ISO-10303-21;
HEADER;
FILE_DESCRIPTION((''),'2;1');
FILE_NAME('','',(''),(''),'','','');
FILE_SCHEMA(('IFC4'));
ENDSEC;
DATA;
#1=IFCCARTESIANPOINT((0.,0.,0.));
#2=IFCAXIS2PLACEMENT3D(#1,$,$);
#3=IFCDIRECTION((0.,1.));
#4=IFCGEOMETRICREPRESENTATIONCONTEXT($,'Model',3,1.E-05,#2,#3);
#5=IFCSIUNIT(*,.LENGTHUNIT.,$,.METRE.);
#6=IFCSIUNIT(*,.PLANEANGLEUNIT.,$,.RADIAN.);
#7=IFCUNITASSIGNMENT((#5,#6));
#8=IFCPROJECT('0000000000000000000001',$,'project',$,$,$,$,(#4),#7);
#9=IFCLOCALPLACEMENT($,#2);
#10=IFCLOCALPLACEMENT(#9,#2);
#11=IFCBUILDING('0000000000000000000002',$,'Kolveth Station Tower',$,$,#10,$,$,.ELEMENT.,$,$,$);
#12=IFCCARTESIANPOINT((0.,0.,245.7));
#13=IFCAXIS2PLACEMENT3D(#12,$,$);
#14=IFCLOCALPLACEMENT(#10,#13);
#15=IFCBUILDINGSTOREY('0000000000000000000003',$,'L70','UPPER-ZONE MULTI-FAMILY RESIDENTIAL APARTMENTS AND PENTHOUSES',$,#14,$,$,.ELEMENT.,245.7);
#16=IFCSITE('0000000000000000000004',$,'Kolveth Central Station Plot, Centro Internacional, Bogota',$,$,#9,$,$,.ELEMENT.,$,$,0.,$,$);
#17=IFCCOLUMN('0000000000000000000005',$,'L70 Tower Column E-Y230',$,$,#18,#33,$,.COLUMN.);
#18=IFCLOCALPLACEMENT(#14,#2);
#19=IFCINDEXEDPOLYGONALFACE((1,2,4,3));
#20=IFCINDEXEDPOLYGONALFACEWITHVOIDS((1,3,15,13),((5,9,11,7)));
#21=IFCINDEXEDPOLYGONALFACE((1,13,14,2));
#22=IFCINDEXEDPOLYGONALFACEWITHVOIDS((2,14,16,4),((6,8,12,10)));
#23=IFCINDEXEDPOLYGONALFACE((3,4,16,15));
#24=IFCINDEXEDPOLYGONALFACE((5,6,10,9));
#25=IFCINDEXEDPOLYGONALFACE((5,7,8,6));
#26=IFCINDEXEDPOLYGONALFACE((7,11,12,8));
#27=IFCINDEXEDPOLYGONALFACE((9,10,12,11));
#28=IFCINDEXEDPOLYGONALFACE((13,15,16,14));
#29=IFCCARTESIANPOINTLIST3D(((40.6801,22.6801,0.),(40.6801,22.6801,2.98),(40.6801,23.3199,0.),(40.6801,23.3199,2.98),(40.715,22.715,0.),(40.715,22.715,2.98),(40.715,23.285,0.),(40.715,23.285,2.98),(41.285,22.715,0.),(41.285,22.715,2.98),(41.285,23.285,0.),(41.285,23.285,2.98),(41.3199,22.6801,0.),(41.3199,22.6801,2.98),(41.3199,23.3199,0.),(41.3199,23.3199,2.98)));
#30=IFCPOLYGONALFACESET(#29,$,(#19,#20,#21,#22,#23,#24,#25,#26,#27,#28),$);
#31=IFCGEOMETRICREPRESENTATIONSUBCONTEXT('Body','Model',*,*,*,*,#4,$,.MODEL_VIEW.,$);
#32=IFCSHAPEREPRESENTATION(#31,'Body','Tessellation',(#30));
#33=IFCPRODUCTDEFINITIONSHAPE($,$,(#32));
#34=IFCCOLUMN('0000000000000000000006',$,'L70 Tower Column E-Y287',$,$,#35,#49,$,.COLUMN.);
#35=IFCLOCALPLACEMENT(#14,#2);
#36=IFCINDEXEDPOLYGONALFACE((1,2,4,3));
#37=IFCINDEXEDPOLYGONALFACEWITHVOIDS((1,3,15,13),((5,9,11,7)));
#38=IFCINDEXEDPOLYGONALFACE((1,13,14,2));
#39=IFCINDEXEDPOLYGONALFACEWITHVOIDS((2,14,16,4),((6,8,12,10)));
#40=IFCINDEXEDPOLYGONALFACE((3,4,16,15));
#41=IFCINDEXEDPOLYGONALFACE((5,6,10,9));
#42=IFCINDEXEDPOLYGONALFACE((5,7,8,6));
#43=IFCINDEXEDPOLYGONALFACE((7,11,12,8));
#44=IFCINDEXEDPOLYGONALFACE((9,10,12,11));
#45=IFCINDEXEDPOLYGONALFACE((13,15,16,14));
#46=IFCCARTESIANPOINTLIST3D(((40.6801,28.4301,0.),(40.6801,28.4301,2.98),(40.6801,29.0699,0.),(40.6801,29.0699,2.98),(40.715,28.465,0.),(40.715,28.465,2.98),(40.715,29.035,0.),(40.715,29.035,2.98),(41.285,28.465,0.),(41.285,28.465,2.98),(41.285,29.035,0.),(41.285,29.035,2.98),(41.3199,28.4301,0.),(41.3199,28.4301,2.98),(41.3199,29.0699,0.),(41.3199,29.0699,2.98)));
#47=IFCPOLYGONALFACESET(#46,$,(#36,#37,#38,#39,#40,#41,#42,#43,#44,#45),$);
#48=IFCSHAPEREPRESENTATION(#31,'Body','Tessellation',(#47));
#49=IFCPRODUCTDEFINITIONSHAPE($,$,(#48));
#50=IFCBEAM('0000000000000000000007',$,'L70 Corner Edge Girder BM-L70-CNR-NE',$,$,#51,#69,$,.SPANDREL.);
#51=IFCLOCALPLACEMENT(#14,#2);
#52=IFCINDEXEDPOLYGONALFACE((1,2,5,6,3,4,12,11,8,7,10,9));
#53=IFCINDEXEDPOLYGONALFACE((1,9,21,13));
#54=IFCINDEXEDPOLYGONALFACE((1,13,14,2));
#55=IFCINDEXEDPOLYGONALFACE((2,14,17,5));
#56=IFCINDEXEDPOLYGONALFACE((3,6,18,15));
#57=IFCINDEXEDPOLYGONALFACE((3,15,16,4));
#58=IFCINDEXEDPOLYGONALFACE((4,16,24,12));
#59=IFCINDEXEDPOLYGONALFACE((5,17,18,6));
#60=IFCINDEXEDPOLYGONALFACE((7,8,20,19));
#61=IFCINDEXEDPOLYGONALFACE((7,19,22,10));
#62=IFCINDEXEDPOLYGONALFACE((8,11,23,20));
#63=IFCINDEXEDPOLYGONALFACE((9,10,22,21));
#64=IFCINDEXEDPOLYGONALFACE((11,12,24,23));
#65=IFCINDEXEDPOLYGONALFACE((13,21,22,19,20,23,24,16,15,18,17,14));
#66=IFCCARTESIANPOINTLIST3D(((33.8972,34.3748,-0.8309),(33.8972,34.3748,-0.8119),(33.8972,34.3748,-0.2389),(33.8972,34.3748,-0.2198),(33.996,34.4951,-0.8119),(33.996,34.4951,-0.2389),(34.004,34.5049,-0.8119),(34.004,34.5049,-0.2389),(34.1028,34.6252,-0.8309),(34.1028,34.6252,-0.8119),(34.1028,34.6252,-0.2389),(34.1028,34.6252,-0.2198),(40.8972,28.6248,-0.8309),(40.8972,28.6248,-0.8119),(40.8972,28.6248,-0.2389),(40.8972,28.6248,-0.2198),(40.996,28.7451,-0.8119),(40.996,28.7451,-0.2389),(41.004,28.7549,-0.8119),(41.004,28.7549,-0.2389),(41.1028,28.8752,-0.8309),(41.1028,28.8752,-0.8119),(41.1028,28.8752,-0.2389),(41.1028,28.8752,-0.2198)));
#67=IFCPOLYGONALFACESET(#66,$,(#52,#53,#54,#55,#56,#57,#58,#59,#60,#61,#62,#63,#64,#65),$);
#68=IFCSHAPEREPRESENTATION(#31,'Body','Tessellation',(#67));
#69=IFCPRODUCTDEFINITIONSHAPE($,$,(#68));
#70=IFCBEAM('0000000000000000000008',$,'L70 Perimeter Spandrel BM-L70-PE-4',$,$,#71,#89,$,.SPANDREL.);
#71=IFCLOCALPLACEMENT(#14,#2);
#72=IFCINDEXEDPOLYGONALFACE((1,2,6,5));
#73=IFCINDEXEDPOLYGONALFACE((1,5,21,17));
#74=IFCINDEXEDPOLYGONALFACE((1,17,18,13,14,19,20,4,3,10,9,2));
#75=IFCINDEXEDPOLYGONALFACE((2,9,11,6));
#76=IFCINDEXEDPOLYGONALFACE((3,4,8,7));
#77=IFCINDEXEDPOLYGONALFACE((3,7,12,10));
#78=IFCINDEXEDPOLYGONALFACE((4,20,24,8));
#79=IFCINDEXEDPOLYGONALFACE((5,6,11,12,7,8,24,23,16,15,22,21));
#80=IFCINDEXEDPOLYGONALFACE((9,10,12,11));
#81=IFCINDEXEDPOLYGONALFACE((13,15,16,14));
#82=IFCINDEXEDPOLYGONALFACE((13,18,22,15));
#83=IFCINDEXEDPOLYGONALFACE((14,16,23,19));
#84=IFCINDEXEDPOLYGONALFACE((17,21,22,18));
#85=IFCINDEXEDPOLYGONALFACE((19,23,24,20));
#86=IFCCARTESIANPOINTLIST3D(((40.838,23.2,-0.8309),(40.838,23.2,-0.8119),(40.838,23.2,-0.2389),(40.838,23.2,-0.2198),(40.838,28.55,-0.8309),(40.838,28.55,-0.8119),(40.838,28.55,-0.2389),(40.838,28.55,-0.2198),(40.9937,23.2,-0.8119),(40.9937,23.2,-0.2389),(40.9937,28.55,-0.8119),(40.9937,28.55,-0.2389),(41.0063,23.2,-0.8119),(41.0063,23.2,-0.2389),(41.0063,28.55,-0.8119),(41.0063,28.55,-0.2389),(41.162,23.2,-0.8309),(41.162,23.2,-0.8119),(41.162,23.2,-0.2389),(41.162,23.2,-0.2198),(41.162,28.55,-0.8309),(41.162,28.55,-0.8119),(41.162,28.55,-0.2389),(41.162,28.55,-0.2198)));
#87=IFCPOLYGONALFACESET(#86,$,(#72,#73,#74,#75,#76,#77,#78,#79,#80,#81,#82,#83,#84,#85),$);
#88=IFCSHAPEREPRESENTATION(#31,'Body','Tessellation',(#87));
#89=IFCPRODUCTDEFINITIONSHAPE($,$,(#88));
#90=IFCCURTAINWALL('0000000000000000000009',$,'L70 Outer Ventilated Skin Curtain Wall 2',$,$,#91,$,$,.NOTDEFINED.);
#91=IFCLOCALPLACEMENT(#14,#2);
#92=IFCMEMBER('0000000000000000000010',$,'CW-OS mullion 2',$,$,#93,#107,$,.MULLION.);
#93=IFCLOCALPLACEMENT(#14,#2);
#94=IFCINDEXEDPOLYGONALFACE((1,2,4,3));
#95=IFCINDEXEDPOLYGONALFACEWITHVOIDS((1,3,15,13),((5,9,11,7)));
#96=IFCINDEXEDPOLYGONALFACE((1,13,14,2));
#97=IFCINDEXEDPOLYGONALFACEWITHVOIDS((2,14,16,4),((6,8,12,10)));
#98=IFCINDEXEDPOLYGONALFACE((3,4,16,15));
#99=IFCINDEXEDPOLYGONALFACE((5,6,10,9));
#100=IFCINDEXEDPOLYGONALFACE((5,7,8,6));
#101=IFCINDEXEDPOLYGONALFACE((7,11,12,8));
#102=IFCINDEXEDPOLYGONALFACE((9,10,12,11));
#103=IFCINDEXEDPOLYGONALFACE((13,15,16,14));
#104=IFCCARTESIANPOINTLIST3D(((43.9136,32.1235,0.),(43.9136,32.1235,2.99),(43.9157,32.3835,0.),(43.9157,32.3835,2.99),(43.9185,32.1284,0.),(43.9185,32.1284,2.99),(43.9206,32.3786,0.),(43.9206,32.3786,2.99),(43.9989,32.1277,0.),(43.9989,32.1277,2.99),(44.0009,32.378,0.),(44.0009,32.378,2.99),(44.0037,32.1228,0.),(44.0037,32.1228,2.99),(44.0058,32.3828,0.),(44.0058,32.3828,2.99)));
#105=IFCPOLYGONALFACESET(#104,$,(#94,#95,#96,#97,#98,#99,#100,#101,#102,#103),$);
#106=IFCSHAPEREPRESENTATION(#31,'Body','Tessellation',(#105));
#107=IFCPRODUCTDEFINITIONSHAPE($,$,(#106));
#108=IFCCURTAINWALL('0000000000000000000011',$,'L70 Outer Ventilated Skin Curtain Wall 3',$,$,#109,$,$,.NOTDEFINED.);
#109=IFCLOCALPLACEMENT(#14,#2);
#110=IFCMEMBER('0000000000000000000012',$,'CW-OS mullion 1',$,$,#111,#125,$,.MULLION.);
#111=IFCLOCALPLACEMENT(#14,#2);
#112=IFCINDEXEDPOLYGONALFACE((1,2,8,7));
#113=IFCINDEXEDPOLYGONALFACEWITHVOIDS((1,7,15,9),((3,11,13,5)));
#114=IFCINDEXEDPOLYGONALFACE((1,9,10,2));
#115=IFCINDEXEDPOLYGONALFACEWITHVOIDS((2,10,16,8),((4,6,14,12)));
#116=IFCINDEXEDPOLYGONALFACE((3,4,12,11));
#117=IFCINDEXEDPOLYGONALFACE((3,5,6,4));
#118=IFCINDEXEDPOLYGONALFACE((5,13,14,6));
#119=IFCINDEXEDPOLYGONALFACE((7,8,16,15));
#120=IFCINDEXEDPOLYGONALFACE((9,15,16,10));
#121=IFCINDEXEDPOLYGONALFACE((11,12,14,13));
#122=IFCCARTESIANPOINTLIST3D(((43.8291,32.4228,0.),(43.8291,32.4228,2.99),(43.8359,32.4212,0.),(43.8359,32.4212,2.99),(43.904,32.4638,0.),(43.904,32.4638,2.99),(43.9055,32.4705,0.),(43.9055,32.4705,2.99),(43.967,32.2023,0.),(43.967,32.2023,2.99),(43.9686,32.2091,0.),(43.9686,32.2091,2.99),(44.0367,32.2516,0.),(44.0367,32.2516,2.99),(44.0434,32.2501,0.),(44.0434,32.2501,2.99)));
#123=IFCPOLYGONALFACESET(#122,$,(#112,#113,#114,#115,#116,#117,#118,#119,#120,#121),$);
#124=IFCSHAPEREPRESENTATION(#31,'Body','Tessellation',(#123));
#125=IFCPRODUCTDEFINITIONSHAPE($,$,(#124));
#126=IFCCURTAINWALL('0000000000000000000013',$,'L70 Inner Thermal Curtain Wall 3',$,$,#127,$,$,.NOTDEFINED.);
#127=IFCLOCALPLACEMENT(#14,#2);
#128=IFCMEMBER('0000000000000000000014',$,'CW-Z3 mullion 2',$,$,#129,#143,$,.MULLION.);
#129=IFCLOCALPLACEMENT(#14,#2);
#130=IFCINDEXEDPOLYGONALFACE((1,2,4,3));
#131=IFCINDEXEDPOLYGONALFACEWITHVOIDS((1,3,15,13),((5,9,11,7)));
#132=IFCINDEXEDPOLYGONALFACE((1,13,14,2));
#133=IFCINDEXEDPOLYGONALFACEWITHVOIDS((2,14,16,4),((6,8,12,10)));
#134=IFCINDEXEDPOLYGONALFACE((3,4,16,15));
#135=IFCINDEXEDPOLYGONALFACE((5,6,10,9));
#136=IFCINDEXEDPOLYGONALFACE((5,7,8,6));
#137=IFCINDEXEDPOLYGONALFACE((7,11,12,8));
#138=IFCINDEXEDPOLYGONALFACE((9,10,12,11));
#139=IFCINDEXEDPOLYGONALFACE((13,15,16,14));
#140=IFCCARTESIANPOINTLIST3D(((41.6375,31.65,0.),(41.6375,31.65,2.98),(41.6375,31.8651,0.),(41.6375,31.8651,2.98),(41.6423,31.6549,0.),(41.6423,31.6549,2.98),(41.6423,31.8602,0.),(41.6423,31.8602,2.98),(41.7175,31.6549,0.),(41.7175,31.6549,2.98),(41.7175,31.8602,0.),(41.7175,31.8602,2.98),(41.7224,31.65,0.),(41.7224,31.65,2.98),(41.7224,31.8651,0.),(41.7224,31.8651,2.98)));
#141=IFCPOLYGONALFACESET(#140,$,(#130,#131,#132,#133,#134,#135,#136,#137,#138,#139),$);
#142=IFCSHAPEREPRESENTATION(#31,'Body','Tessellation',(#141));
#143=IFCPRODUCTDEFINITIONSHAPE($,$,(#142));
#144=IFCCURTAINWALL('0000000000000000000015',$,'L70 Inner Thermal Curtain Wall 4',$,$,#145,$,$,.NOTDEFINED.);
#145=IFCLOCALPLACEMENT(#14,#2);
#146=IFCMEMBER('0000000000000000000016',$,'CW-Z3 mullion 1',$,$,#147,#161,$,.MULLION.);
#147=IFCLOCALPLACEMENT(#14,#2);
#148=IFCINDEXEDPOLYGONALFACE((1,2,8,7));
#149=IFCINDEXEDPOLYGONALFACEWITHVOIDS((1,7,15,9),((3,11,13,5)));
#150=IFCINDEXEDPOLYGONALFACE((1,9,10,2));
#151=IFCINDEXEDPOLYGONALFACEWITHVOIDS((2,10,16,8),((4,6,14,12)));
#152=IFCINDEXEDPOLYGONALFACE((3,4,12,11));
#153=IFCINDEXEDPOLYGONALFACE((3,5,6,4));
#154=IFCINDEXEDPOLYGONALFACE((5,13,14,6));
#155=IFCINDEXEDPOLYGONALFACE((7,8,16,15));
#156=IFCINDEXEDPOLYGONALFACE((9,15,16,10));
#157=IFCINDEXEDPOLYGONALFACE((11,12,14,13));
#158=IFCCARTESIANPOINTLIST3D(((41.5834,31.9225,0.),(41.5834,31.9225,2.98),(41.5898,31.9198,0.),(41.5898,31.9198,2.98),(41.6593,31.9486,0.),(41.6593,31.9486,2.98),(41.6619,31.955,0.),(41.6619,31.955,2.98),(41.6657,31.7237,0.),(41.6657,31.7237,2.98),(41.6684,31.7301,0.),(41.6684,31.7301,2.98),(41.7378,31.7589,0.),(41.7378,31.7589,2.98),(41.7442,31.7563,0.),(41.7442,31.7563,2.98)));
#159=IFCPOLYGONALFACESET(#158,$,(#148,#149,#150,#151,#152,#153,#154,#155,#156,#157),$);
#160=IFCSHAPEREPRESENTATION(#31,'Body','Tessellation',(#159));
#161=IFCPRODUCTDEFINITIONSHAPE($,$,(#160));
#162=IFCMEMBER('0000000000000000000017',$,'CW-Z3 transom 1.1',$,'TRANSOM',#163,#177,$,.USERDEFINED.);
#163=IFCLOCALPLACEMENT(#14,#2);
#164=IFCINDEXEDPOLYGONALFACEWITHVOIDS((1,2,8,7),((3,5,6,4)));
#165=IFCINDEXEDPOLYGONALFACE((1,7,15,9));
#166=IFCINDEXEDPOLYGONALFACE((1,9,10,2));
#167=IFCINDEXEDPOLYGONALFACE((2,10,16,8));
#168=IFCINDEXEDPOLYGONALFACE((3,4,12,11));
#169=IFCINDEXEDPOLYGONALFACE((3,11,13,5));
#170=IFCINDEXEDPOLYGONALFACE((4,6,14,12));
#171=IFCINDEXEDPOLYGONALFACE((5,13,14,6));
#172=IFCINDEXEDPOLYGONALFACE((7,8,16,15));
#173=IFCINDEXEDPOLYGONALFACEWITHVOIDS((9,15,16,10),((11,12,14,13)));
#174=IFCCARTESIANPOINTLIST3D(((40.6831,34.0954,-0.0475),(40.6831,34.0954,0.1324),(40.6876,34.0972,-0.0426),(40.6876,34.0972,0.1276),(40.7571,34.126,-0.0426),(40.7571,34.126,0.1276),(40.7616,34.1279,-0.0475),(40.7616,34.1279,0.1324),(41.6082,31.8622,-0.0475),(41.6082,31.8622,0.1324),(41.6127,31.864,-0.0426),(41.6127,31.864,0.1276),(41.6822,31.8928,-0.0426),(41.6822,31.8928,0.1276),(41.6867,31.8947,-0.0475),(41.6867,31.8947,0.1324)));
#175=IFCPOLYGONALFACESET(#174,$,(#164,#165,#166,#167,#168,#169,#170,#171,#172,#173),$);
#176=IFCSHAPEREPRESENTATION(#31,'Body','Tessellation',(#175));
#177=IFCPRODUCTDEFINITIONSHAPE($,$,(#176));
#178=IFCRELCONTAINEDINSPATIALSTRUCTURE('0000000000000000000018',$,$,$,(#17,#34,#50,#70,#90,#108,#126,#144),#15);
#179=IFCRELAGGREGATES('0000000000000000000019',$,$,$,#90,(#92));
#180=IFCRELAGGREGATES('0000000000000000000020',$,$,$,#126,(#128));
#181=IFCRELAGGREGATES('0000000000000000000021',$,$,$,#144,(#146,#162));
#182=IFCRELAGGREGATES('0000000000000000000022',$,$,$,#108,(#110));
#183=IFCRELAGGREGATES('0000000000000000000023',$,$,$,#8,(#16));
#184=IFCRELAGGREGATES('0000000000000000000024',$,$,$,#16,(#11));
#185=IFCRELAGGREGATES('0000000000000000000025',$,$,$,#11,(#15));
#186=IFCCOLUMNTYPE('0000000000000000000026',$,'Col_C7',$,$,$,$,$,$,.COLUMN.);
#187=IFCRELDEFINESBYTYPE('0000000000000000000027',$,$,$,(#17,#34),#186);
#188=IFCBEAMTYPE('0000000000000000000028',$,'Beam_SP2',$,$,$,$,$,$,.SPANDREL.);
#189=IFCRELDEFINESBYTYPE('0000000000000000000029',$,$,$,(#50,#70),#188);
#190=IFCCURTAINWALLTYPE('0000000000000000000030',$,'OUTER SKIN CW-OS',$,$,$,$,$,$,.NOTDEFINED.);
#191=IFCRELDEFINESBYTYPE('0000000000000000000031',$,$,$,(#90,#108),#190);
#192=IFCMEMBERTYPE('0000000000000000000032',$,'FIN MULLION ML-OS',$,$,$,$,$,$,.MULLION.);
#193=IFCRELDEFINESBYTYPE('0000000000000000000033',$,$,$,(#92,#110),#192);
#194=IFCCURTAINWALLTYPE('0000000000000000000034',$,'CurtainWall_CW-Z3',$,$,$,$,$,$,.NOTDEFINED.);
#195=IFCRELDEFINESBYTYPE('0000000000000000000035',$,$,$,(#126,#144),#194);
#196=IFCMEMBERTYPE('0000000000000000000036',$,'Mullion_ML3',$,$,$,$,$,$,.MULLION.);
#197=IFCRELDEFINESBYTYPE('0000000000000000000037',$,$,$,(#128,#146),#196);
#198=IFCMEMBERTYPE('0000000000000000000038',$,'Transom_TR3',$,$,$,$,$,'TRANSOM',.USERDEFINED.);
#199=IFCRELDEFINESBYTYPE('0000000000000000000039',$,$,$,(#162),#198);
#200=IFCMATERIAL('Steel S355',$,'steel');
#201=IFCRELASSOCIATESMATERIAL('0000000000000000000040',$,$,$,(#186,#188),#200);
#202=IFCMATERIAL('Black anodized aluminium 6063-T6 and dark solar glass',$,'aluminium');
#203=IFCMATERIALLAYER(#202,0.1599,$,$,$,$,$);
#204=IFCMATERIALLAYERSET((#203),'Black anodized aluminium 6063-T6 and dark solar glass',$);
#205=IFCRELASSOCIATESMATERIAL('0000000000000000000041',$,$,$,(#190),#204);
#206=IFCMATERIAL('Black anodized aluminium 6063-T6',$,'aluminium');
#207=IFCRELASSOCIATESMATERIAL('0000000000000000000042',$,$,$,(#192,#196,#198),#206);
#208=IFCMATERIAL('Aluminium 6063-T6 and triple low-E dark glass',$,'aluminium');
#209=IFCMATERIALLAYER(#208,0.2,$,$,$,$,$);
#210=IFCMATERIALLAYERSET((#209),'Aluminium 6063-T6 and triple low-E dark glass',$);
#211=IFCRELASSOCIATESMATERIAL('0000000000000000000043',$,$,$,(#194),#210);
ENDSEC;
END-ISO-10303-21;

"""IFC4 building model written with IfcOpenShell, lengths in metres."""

from ifc_helpers import new_model, si_unit, direction, frame, origin, origin_2d, place, context, subcontext, project, spatial, hollow_rectangle, i_section, extrude, source, transform, mapped, material, layer, layer_set, material_profile, profile_set, type_object, element, aggregate, save


model = new_model("IFC4")

# Units and contexts
model_context = context("Model", 3, precision=1e-05, world=origin(), true_north=direction((0.0, 1.0)))
body_context = subcontext(model_context, "Body", "Model", "MODEL_VIEW")
ifc_project = project(units=[si_unit("LENGTHUNIT", "METRE"), si_unit("PLANEANGLEUNIT", "RADIAN")], contexts=[model_context])

# Site, building, storey
site_placement = place(None, origin())
site = spatial("IfcSite", under=ifc_project, at=site_placement, Name="Kolveth Central Station Plot, Centro Internacional, Bogota", CompositionType="ELEMENT", RefElevation=0.0)
building_placement = place(site_placement, origin())
building = spatial("IfcBuilding", under=site, at=building_placement, Name="Kolveth Station Tower", CompositionType="ELEMENT")
storey_placement = place(building_placement, frame((0.0, 0.0, 245.7)))
storey = spatial("IfcBuildingStorey", under=building, at=storey_placement, Name="L70", Description="UPPER-ZONE MULTI-FAMILY RESIDENTIAL APARTMENTS AND PENTHOUSES", CompositionType="ELEMENT", Elevation=245.7)

# Columns
ifc_material_1 = material(Name="Steel S355", Category="steel")
ifc_material_profile_1 = material_profile(ifc_material_1, hollow_rectangle(XDim=0.6399, YDim=0.6399, WallThickness=0.0349, at=origin_2d()), Name="BOX640x640x35")
ifc_profile_set_1 = profile_set([ifc_material_profile_1], Name="Steel S355")
column_type = type_object("IfcColumnType", Name="Col_C7", PredefinedType="COLUMN", material=ifc_profile_set_1)
shared_shape_1 = source(origin(), body_context, "Body", "SweptSolid", [
    extrude(hollow_rectangle(XDim=0.6399, YDim=0.6399, WallThickness=0.0349, at=origin_2d()), origin(), (0.0, 0.0, 1.0), 2.98),
])
for number, where, z_axis, x_axis, name in (
    (1, (41.0, 23.0, 0.0), (0.0, 0.0, 1.0), (1.0, 0.0, 0.0), "L70 Tower Column E-Y230"),
    (2, (41.0, 28.75, 0.0), (0.0, 0.0, 1.0), (1.0, 0.0, 0.0), "L70 Tower Column E-Y287"),
):
    element("IfcColumn", number, at=place(storey_placement, frame(where, z_axis=z_axis, x_axis=x_axis)), inside=storey, type_object=column_type, Name=name, PredefinedType="COLUMN", context=body_context, shape_type="MappedRepresentation", body=[
        mapped(shared_shape_1, transform((0.0, 0.0, 0.0), x_axis=(1.0, 0.0, 0.0), y_axis=(0.0, 1.0, 0.0), z_axis=(0.0, 0.0, 1.0), scale=1.0)),
    ])

# Beams
ifc_material_profile_2 = material_profile(ifc_material_1, i_section(OverallWidth=0.324, OverallDepth=0.6111, WebThickness=0.0127, FlangeThickness=0.019, at=origin_2d()), Name="W610x155")
ifc_profile_set_2 = profile_set([ifc_material_profile_2], Name="Steel S355")
beam_type = type_object("IfcBeamType", Name="Beam_SP2", PredefinedType="SPANDREL", material=ifc_profile_set_2)
shared_shape_2 = source(origin(), body_context, "Body", "SweptSolid", [
    extrude(i_section(OverallWidth=0.324, OverallDepth=0.6111, WebThickness=0.0127, FlangeThickness=0.019, at=origin_2d()), origin(), (0.0, 0.0, 1.0), 9.0588),
])
beam_1_placement = place(storey_placement, frame((41.0, 28.75, -0.5254), z_axis=(-0.772726, 0.634739, 0.0), x_axis=(-0.634739, -0.772726, 0.0)))
element("IfcBeam", 3, at=beam_1_placement, inside=storey, type_object=beam_type, Name="L70 Corner Edge Girder BM-L70-CNR-NE", PredefinedType="SPANDREL", context=body_context, shape_type="MappedRepresentation", body=[
    mapped(shared_shape_2, transform((0.0, 0.0, 0.0), x_axis=(1.0, 0.0, 0.0), y_axis=(0.0, 1.0, 0.0), z_axis=(0.0, 0.0, 1.0), scale=1.0)),
])
shared_shape_3 = source(origin(), body_context, "Body", "SweptSolid", [
    extrude(i_section(OverallWidth=0.324, OverallDepth=0.6111, WebThickness=0.0127, FlangeThickness=0.019, at=origin_2d()), origin(), (0.0, 0.0, 1.0), 5.3501),
])
beam_2_placement = place(storey_placement, frame((41.0, 23.2, -0.5254), z_axis=(0.0, 1.0, 0.0), x_axis=(-1.0, 0.0, 0.0)))
element("IfcBeam", 4, at=beam_2_placement, inside=storey, type_object=beam_type, Name="L70 Perimeter Spandrel BM-L70-PE-4", PredefinedType="SPANDREL", context=body_context, shape_type="MappedRepresentation", body=[
    mapped(shared_shape_3, transform((0.0, 0.0, 0.0), x_axis=(1.0, 0.0, 0.0), y_axis=(0.0, 1.0, 0.0), z_axis=(0.0, 0.0, 1.0), scale=1.0)),
])

# Curtain walls, members
ifc_material_2 = material(Name="Black anodized aluminium 6063-T6 and dark solar glass", Category="aluminium")
ifc_layer_1 = layer(ifc_material_2, 0.1599)
ifc_layer_set_1 = layer_set([ifc_layer_1], Name="Black anodized aluminium 6063-T6 and dark solar glass")
curtain_wall_type_1 = type_object("IfcCurtainWallType", Name="OUTER SKIN CW-OS", PredefinedType="NOTDEFINED", material=ifc_layer_set_1)
curtain_wall_1_placement = place(storey_placement, origin())
curtain_wall_1 = element("IfcCurtainWall", 5, at=curtain_wall_1_placement, inside=storey, type_object=curtain_wall_type_1, Name="L70 Outer Ventilated Skin Curtain Wall 2", PredefinedType="NOTDEFINED")
ifc_material_3 = material(Name="Black anodized aluminium 6063-T6", Category="aluminium")
ifc_material_profile_3 = material_profile(ifc_material_3, hollow_rectangle(XDim=0.0901, YDim=0.26, WallThickness=0.0049, at=origin_2d()), Name="ALU-90x260x5")
ifc_profile_set_3 = profile_set([ifc_material_profile_3], Name="Black anodized aluminium 6063-T6")
member_type_1 = type_object("IfcMemberType", Name="FIN MULLION ML-OS", PredefinedType="MULLION", material=ifc_profile_set_3)
shared_shape_4 = source(origin(), body_context, "Body", "SweptSolid", [
    extrude(hollow_rectangle(XDim=0.0901, YDim=0.26, WallThickness=0.0049, at=origin_2d()), origin(), (0.0, 0.0, 1.0), 2.99),
])
member_1_placement = place(storey_placement, frame((43.9597, 32.2532, 0.0), z_axis=(0.0, 0.0, 1.0), x_axis=(-0.999967, 0.008071, 0.0)))
member_1 = element("IfcMember", 6, at=member_1_placement, type_object=member_type_1, Name="CW-OS mullion 2", PredefinedType="MULLION", context=body_context, shape_type="MappedRepresentation", body=[
    mapped(shared_shape_4, transform((0.0, 0.0, 0.0), x_axis=(1.0, 0.0, 0.0), y_axis=(0.0, 1.0, 0.0), z_axis=(0.0, 0.0, 1.0), scale=1.0)),
])
aggregate(curtain_wall_1, [member_1])
curtain_wall_2_placement = place(storey_placement, origin())
curtain_wall_2 = element("IfcCurtainWall", 7, at=curtain_wall_2_placement, inside=storey, type_object=curtain_wall_type_1, Name="L70 Outer Ventilated Skin Curtain Wall 3", PredefinedType="NOTDEFINED")
member_2_placement = place(storey_placement, frame((43.9363, 32.3364, 0.0), z_axis=(0.0, 0.0, 1.0), x_axis=(-0.847776, -0.530355, 0.0)))
member_2 = element("IfcMember", 8, at=member_2_placement, type_object=member_type_1, Name="CW-OS mullion 1", PredefinedType="MULLION", context=body_context, shape_type="MappedRepresentation", body=[
    mapped(shared_shape_4, transform((0.0, 0.0, 0.0), x_axis=(1.0, 0.0, 0.0), y_axis=(0.0, 1.0, 0.0), z_axis=(0.0, 0.0, 1.0), scale=1.0)),
])
ifc_material_4 = material(Name="Aluminium 6063-T6 and triple low-E dark glass", Category="aluminium")
ifc_layer_2 = layer(ifc_material_4, 0.2)
ifc_layer_set_2 = layer_set([ifc_layer_2], Name="Aluminium 6063-T6 and triple low-E dark glass")
curtain_wall_type_2 = type_object("IfcCurtainWallType", Name="CurtainWall_CW-Z3", PredefinedType="NOTDEFINED", material=ifc_layer_set_2)
curtain_wall_3_placement = place(storey_placement, origin())
curtain_wall_3 = element("IfcCurtainWall", 9, at=curtain_wall_3_placement, inside=storey, type_object=curtain_wall_type_2, Name="L70 Inner Thermal Curtain Wall 3", PredefinedType="NOTDEFINED")
ifc_material_profile_4 = material_profile(ifc_material_3, hollow_rectangle(XDim=0.085, YDim=0.2151, WallThickness=0.0049, at=origin_2d()), Name="ALU-85x215x5")
ifc_profile_set_4 = profile_set([ifc_material_profile_4], Name="Black anodized aluminium 6063-T6")
member_type_2 = type_object("IfcMemberType", Name="Mullion_ML3", PredefinedType="MULLION", material=ifc_profile_set_4)
shared_shape_5 = source(origin(), body_context, "Body", "SweptSolid", [
    extrude(hollow_rectangle(XDim=0.085, YDim=0.2151, WallThickness=0.0049, at=origin_2d()), origin(), (0.0, 0.0, 1.0), 2.98),
])
member_3_placement = place(storey_placement, frame((41.6799, 31.7576, 0.0), z_axis=(0.0, 0.0, 1.0), x_axis=(-1.0, 0.0, 0.0)))
member_3 = element("IfcMember", 10, at=member_3_placement, type_object=member_type_2, Name="CW-Z3 mullion 2", PredefinedType="MULLION", context=body_context, shape_type="MappedRepresentation", body=[
    mapped(shared_shape_5, transform((0.0, 0.0, 0.0), x_axis=(1.0, 0.0, 0.0), y_axis=(0.0, 1.0, 0.0), z_axis=(0.0, 0.0, 1.0), scale=1.0)),
])
aggregate(curtain_wall_3, [member_3])

# Curtain wall, members
curtain_wall_4_placement = place(storey_placement, origin())
curtain_wall_4 = element("IfcCurtainWall", 11, at=curtain_wall_4_placement, inside=storey, type_object=curtain_wall_type_2, Name="L70 Inner Thermal Curtain Wall 4", PredefinedType="NOTDEFINED")
member_4_placement = place(storey_placement, frame((41.6638, 31.8394, 0.0), z_axis=(0.0, 0.0, 1.0), x_axis=(-0.923875, -0.382693, 0.0)))
member_4 = element("IfcMember", 12, at=member_4_placement, type_object=member_type_2, Name="CW-Z3 mullion 1", PredefinedType="MULLION", context=body_context, shape_type="MappedRepresentation", body=[
    mapped(shared_shape_5, transform((0.0, 0.0, 0.0), x_axis=(1.0, 0.0, 0.0), y_axis=(0.0, 1.0, 0.0), z_axis=(0.0, 0.0, 1.0), scale=1.0)),
])
ifc_material_profile_5 = material_profile(ifc_material_3, hollow_rectangle(XDim=0.085, YDim=0.1799, WallThickness=0.0049, at=origin_2d()), Name="ALU-85x180x5")
ifc_profile_set_5 = profile_set([ifc_material_profile_5], Name="Black anodized aluminium 6063-T6")
member_type_3 = type_object("IfcMemberType", Name="Transom_TR3", ElementType="TRANSOM", PredefinedType="USERDEFINED", material=ifc_profile_set_5)
shared_shape_6 = source(origin(), body_context, "Body", "SweptSolid", [
    extrude(hollow_rectangle(XDim=0.085, YDim=0.1799, WallThickness=0.0049, at=origin_2d()), origin(), (0.0, 0.0, 1.0), 2.4172),
])
member_5_placement = place(storey_placement, frame((41.6475, 31.8784, 0.0425), z_axis=(-0.3827, 0.923873, 0.0), x_axis=(-0.923873, -0.3827, 0.0)))
member_5 = element("IfcMember", 13, at=member_5_placement, type_object=member_type_3, Name="CW-Z3 transom 1.1", ObjectType="TRANSOM", PredefinedType="USERDEFINED", context=body_context, shape_type="MappedRepresentation", body=[
    mapped(shared_shape_6, transform((0.0, 0.0, 0.0), x_axis=(1.0, 0.0, 0.0), y_axis=(0.0, 1.0, 0.0), z_axis=(0.0, 0.0, 1.0), scale=1.0)),
])
aggregate(curtain_wall_4, [member_4, member_5])

aggregate(curtain_wall_2, [member_2])

save(model, "model.ifc")
